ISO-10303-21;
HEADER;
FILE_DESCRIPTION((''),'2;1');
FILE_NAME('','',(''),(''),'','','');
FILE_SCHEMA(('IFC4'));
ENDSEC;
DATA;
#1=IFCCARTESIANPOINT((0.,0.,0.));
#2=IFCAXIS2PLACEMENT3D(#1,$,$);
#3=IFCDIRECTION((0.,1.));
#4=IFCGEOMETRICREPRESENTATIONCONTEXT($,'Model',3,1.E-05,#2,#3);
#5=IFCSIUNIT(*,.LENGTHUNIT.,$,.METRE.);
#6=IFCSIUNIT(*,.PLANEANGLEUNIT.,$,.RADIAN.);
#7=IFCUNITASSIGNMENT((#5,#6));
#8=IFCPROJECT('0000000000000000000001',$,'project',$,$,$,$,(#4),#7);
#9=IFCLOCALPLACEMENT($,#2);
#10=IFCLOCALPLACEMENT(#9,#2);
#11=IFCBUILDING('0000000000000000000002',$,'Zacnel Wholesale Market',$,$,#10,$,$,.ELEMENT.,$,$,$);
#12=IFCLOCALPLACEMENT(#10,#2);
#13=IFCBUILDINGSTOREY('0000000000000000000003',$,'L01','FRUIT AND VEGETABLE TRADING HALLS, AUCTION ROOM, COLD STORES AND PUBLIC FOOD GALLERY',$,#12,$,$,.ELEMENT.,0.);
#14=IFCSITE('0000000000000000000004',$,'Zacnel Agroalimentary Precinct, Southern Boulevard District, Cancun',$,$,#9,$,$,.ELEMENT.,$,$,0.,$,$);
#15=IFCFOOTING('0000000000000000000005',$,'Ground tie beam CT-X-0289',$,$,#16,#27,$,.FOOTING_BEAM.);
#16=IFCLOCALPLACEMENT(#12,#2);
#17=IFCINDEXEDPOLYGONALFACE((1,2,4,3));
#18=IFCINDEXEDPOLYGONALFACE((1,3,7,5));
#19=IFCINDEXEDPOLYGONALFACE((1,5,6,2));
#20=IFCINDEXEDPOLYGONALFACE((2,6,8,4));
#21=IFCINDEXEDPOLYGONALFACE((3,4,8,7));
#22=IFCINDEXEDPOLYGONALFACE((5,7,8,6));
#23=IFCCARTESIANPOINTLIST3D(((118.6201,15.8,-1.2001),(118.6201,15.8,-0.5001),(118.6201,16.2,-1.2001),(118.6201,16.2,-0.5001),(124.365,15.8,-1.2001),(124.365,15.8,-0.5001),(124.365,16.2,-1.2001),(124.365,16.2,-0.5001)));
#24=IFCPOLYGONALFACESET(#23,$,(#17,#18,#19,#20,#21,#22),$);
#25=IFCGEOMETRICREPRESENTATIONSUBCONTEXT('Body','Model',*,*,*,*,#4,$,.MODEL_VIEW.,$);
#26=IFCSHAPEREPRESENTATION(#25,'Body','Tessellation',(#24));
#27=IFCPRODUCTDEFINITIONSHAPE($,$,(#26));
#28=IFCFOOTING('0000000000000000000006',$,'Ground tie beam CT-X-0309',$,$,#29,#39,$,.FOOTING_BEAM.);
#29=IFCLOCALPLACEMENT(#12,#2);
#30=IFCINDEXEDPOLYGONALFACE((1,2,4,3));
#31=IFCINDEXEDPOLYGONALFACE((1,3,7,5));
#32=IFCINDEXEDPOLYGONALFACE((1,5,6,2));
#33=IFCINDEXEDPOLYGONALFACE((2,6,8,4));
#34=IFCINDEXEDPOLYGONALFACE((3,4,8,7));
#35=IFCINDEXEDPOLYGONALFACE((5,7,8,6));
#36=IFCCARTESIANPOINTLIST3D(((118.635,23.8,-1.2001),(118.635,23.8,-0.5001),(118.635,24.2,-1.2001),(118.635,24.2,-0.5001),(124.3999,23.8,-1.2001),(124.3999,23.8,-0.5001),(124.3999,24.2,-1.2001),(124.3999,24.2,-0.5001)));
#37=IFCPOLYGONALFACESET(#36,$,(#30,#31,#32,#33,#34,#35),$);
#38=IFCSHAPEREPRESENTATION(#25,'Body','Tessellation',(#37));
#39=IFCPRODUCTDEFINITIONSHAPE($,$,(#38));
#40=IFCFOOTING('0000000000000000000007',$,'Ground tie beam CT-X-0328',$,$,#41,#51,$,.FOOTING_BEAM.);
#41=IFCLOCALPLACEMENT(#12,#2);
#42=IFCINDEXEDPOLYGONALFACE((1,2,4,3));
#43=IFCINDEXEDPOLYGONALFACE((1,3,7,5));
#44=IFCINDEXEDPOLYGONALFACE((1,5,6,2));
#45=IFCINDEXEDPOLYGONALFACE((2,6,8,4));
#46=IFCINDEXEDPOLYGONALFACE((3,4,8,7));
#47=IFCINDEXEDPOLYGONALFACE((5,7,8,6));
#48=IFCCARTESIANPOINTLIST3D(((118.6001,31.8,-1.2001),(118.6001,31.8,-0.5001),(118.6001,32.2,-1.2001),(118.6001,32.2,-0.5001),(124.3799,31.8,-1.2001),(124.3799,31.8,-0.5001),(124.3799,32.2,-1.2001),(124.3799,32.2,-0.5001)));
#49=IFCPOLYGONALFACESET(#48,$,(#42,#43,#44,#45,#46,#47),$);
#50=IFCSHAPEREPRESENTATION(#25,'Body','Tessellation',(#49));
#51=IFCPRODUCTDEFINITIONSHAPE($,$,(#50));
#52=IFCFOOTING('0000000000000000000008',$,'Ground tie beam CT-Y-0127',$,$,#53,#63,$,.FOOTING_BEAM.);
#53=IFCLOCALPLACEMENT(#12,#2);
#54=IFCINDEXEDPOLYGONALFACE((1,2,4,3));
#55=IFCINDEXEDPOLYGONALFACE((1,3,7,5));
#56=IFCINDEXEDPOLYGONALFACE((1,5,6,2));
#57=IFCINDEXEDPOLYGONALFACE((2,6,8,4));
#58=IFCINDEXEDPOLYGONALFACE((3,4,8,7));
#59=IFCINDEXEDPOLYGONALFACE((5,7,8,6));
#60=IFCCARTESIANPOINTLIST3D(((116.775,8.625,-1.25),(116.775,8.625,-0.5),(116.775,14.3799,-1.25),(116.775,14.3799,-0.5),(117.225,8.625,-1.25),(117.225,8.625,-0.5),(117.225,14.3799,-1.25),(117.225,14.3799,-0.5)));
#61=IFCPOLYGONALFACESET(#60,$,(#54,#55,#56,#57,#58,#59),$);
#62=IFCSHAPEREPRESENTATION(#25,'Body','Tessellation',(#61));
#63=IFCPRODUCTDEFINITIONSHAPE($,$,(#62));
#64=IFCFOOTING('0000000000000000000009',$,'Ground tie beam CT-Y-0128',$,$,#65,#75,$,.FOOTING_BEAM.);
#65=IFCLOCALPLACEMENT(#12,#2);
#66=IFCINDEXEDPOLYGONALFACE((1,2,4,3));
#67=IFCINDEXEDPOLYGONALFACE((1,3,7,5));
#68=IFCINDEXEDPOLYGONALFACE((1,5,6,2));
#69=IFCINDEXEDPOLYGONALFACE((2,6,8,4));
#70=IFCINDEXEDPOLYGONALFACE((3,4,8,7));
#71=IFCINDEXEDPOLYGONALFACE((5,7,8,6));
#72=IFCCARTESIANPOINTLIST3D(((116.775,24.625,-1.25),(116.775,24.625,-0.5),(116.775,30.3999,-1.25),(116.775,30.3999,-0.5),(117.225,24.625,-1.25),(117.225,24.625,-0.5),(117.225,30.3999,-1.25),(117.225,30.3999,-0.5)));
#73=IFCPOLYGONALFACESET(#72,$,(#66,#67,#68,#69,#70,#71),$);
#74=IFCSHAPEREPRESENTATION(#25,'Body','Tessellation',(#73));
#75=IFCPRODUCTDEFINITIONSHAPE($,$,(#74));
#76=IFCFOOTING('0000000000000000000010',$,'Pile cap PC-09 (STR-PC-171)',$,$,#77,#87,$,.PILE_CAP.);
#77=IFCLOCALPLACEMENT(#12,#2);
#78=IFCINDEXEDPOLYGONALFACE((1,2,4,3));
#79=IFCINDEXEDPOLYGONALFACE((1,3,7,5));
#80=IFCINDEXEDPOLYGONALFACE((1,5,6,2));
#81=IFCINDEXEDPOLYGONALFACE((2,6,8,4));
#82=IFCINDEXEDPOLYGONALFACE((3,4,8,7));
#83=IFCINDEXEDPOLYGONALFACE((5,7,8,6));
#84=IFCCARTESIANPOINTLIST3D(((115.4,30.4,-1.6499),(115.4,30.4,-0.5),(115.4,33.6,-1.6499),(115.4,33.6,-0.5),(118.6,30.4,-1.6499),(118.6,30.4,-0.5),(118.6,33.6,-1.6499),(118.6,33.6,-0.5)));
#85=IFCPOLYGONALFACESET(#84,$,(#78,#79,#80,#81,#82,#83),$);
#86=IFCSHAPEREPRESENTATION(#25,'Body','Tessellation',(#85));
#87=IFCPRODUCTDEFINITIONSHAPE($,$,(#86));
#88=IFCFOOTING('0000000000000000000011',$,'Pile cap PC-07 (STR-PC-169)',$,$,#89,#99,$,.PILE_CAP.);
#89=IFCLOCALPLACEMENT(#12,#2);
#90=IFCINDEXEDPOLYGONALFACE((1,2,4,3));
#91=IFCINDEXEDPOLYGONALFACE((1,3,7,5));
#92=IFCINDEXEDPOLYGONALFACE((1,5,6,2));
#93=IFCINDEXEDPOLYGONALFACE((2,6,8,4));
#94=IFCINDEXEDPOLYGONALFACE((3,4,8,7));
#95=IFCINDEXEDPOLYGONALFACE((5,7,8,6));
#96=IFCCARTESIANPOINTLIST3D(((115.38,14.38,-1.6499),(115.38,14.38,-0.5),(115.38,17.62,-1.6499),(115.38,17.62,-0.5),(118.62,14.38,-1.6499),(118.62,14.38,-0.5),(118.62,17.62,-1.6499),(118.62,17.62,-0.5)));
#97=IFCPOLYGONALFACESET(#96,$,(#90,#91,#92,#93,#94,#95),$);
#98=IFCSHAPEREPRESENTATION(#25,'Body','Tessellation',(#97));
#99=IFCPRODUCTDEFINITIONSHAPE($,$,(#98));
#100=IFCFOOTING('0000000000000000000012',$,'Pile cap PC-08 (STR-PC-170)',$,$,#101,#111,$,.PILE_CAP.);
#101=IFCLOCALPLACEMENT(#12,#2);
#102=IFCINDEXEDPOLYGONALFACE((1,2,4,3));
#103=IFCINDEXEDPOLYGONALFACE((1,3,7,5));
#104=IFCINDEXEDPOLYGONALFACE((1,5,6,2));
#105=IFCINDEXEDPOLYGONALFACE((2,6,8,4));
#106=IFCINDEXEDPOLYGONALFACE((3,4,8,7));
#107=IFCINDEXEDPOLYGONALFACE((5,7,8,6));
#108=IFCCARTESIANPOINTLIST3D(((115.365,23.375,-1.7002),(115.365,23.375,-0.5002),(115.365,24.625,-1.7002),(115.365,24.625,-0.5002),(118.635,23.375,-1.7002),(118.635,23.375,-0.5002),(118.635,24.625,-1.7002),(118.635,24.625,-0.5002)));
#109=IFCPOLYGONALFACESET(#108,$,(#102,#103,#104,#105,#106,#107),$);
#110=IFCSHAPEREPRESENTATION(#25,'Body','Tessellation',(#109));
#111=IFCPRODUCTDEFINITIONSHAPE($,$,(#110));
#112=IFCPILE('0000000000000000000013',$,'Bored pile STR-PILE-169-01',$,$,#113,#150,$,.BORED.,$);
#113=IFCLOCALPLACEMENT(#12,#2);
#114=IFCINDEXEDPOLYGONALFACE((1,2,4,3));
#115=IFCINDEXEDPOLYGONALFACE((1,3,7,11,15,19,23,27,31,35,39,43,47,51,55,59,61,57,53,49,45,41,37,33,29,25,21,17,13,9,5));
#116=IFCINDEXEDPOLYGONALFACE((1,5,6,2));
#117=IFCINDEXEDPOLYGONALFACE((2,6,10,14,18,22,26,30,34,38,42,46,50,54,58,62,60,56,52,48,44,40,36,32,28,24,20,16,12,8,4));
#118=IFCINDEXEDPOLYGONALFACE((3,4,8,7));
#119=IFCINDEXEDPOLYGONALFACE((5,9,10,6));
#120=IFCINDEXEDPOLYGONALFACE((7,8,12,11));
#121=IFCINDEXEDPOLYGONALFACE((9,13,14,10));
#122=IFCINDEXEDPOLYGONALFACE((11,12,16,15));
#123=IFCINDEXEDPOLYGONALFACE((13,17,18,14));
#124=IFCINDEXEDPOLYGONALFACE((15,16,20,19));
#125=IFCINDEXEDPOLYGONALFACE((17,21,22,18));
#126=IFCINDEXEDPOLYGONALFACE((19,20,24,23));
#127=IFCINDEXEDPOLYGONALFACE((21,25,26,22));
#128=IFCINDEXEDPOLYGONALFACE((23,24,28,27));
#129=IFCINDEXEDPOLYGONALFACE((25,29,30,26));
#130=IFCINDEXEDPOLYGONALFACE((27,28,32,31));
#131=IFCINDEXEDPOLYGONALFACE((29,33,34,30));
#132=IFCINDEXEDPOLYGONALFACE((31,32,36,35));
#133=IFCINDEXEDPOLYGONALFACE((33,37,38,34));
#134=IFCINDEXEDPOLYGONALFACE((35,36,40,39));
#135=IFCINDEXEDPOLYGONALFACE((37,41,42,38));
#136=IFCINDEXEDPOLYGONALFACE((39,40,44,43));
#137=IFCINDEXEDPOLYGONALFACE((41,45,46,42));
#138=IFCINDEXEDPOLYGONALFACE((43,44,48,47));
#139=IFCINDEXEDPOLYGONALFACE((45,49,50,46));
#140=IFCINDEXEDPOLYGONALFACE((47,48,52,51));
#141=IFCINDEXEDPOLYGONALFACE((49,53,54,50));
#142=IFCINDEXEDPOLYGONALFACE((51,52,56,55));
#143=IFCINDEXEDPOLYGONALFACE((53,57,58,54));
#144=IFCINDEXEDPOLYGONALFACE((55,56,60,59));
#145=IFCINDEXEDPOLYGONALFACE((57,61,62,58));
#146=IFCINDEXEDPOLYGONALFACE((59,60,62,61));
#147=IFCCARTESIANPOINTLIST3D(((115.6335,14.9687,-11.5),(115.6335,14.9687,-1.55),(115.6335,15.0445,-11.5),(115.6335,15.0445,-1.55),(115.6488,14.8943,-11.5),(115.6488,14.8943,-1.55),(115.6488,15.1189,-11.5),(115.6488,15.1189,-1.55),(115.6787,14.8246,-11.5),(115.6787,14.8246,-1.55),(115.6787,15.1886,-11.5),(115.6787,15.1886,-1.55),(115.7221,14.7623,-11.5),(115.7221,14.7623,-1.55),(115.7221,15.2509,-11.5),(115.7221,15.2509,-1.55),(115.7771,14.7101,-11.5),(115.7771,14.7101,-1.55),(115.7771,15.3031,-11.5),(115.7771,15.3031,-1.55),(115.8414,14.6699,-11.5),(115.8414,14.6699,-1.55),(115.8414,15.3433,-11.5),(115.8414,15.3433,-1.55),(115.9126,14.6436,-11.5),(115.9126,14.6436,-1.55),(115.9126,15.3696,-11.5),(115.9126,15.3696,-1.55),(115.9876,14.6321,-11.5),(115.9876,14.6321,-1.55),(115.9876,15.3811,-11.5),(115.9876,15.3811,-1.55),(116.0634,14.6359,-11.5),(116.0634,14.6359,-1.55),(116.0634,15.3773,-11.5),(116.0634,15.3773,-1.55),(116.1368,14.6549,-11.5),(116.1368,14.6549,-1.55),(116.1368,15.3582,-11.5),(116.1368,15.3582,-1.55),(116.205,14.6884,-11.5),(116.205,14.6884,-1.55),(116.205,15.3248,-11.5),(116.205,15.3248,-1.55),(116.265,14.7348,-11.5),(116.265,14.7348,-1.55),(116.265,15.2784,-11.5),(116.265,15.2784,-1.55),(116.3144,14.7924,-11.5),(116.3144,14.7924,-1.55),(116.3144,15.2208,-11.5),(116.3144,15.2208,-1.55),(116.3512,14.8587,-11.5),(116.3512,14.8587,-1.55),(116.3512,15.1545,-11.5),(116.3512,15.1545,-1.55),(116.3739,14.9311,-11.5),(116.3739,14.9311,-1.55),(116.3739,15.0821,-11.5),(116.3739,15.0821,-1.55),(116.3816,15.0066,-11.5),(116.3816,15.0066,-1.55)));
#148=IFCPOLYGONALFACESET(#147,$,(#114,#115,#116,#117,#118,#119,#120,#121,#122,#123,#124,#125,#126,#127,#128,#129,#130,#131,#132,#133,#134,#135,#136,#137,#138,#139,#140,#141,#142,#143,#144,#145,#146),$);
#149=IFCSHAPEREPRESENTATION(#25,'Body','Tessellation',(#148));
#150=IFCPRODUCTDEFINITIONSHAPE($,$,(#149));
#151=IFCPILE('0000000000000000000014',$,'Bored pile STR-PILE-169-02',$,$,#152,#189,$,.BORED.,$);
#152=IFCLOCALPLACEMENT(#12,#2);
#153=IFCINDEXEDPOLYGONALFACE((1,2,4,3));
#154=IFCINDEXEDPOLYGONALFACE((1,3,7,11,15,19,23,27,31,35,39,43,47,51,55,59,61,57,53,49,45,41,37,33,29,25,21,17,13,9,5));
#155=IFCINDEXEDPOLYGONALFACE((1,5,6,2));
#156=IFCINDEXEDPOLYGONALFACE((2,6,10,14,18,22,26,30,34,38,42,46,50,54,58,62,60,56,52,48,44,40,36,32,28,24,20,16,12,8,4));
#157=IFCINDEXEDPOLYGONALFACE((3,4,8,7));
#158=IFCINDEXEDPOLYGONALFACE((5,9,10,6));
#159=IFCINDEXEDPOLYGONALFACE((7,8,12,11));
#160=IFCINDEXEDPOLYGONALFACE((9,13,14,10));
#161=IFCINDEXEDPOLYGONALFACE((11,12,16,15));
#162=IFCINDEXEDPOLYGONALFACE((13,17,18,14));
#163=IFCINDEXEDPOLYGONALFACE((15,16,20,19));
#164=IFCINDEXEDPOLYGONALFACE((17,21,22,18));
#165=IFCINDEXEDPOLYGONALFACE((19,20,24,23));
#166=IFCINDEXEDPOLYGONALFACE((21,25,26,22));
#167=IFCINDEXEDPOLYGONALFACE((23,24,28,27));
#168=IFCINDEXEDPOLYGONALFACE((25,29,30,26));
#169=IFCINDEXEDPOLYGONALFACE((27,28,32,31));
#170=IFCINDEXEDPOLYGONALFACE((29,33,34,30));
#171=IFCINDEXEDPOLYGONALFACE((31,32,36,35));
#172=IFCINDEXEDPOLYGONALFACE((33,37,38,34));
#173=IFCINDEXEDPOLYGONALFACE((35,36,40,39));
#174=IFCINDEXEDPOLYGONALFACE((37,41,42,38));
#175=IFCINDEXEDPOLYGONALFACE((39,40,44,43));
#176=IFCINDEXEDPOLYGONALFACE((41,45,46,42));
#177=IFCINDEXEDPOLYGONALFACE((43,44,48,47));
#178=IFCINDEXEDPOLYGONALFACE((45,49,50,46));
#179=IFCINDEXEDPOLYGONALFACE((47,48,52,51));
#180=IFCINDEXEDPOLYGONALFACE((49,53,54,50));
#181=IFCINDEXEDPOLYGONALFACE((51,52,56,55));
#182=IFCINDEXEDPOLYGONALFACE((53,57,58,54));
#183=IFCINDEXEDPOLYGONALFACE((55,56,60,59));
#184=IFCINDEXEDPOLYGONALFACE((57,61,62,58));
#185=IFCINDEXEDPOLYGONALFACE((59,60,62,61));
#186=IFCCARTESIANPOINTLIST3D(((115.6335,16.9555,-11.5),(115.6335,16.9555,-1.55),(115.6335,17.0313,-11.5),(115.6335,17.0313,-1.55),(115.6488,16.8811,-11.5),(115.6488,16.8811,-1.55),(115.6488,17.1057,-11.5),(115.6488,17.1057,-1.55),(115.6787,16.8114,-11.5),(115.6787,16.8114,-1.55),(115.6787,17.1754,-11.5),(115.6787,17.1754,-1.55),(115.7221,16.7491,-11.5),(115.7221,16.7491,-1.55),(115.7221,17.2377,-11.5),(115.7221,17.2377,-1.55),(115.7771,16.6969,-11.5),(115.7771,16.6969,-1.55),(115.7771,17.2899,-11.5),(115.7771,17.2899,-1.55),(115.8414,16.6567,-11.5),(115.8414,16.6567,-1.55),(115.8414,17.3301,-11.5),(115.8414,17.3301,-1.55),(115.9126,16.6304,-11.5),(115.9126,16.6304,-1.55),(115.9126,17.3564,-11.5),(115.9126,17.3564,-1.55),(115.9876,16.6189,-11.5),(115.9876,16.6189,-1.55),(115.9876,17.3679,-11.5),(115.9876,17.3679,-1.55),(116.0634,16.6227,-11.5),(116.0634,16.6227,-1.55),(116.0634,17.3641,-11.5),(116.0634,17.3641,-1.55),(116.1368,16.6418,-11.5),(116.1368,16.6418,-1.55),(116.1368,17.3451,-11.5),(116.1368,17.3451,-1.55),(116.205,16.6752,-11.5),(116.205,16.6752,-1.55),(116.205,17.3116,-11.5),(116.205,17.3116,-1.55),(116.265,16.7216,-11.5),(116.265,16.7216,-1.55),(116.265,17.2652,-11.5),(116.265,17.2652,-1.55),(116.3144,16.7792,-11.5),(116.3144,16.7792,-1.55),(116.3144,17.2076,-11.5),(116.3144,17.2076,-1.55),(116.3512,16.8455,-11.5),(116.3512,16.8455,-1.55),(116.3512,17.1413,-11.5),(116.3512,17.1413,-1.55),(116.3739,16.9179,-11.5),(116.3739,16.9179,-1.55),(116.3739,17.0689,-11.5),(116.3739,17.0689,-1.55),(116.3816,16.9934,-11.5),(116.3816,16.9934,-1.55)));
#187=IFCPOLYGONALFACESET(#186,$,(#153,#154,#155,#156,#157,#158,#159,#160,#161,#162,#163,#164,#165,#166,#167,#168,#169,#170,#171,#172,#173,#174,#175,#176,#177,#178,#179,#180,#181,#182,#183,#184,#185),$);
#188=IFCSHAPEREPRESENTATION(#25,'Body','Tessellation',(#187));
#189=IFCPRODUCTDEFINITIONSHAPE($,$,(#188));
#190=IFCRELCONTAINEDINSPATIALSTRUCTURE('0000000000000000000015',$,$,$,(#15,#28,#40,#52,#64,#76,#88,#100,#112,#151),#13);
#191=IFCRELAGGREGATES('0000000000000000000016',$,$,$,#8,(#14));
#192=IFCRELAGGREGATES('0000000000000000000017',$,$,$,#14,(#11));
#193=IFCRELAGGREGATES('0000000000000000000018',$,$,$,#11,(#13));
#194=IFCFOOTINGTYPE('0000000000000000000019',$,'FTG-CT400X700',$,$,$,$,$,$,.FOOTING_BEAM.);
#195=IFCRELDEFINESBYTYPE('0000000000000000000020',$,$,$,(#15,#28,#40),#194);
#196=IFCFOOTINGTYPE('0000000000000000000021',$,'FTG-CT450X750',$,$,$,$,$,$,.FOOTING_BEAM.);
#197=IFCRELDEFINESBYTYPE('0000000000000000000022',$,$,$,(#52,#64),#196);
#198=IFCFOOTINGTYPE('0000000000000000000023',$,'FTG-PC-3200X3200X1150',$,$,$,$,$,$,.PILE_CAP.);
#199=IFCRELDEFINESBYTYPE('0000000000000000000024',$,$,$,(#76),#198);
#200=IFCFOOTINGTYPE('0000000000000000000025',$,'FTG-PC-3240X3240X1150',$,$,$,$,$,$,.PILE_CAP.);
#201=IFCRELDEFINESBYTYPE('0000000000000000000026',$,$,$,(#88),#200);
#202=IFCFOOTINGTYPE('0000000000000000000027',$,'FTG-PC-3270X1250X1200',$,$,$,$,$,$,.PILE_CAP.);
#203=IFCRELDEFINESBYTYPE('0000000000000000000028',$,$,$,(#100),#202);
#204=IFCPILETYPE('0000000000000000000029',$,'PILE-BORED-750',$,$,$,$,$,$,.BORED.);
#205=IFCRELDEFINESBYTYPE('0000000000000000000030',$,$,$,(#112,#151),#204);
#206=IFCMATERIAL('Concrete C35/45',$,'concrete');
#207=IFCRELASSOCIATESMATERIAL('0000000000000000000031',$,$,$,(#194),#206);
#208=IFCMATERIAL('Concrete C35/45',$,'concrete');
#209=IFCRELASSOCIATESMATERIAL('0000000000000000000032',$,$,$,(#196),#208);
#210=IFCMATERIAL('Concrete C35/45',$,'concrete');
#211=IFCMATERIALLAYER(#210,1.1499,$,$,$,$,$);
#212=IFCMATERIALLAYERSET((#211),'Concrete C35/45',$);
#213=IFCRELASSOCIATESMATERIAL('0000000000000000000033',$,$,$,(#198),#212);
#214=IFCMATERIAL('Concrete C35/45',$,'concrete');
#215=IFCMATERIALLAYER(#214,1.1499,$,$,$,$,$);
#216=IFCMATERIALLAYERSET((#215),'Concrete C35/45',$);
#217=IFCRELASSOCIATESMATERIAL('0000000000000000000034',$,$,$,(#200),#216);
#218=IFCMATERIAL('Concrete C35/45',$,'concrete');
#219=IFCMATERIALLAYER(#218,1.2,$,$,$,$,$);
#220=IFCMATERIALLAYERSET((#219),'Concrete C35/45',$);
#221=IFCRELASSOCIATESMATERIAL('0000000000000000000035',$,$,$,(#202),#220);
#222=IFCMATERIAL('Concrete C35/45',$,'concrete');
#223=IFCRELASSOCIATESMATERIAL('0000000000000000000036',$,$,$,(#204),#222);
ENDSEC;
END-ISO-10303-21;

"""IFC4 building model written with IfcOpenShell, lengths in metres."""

from ifc_helpers import new_model, si_unit, direction, frame, origin, origin_2d, place, context, subcontext, project, spatial, rectangle, circle, extrude, material, layer, layer_set, material_profile, profile_set, type_object, element, save


model = new_model("IFC4")

# Units and contexts
model_context = context("Model", 3, precision=1e-05, world=origin(), true_north=direction((0.0, 1.0)))
body_context = subcontext(model_context, "Body", "Model", "MODEL_VIEW")
ifc_project = project(units=[si_unit("LENGTHUNIT", "METRE"), si_unit("PLANEANGLEUNIT", "RADIAN")], contexts=[model_context])

# Site, building, storey
site_placement = place(None, origin())
site = spatial("IfcSite", under=ifc_project, at=site_placement, Name="Zacnel Agroalimentary Precinct, Southern Boulevard District, Cancun", CompositionType="ELEMENT", RefElevation=0.0)
building_placement = place(site_placement, origin())
building = spatial("IfcBuilding", under=site, at=building_placement, Name="Zacnel Wholesale Market", CompositionType="ELEMENT")
storey_placement = place(building_placement, origin())
storey = spatial("IfcBuildingStorey", under=building, at=storey_placement, Name="L01", Description="FRUIT AND VEGETABLE TRADING HALLS, AUCTION ROOM, COLD STORES AND PUBLIC FOOD GALLERY", CompositionType="ELEMENT", Elevation=0.0)

# Footings
ifc_material_1 = material(Name="Concrete C35/45", Category="concrete")
ifc_material_profile_1 = material_profile(ifc_material_1, rectangle(XDim=0.3999, YDim=0.7, at=origin_2d()), Name="CT 400x700")
ifc_profile_set_1 = profile_set([ifc_material_profile_1], Name="Concrete C35/45")
footing_type_1 = type_object("IfcFootingType", Name="FTG-CT400X700", PredefinedType="FOOTING_BEAM", material=ifc_profile_set_1)
footing_1_placement = place(storey_placement, frame((118.6201, 16.0, -0.8501), z_axis=(1.0, 0.0, 0.0), x_axis=(0.0, 1.0, 0.0)))
element("IfcFooting", 1, at=footing_1_placement, inside=storey, type_object=footing_type_1, Name="Ground tie beam CT-X-0289", PredefinedType="FOOTING_BEAM", context=body_context, shape_type="SweptSolid", body=[
    extrude(rectangle(XDim=0.3999, YDim=0.7, at=origin_2d()), origin(), (0.0, 0.0, 1.0), 5.7449),
])
footing_2_placement = place(storey_placement, frame((118.635, 24.0, -0.8501), z_axis=(1.0, 0.0, 0.0), x_axis=(0.0, 1.0, 0.0)))
element("IfcFooting", 2, at=footing_2_placement, inside=storey, type_object=footing_type_1, Name="Ground tie beam CT-X-0309", PredefinedType="FOOTING_BEAM", context=body_context, shape_type="SweptSolid", body=[
    extrude(rectangle(XDim=0.3999, YDim=0.7, at=origin_2d()), origin(), (0.0, 0.0, 1.0), 5.7649),
])
footing_3_placement = place(storey_placement, frame((118.6001, 32.0, -0.8501), z_axis=(1.0, 0.0, 0.0), x_axis=(0.0, 1.0, 0.0)))
element("IfcFooting", 3, at=footing_3_placement, inside=storey, type_object=footing_type_1, Name="Ground tie beam CT-X-0328", PredefinedType="FOOTING_BEAM", context=body_context, shape_type="SweptSolid", body=[
    extrude(rectangle(XDim=0.3999, YDim=0.7, at=origin_2d()), origin(), (0.0, 0.0, 1.0), 5.7798),
])
ifc_material_2 = material(Name="Concrete C35/45", Category="concrete")
ifc_material_profile_2 = material_profile(ifc_material_2, rectangle(XDim=0.45, YDim=0.75, at=origin_2d()), Name="CT 450x750")
ifc_profile_set_2 = profile_set([ifc_material_profile_2], Name="Concrete C35/45")
footing_type_2 = type_object("IfcFootingType", Name="FTG-CT450X750", PredefinedType="FOOTING_BEAM", material=ifc_profile_set_2)
footing_4_placement = place(storey_placement, frame((117.0, 8.625, -0.875), z_axis=(0.0, 1.0, 0.0), x_axis=(-1.0, 0.0, 0.0)))
element("IfcFooting", 4, at=footing_4_placement, inside=storey, type_object=footing_type_2, Name="Ground tie beam CT-Y-0127", PredefinedType="FOOTING_BEAM", context=body_context, shape_type="SweptSolid", body=[
    extrude(rectangle(XDim=0.45, YDim=0.75, at=origin_2d()), origin(), (0.0, 0.0, 1.0), 5.7549),
])
footing_5_placement = place(storey_placement, frame((117.0, 24.625, -0.875), z_axis=(0.0, 1.0, 0.0), x_axis=(-1.0, 0.0, 0.0)))
element("IfcFooting", 5, at=footing_5_placement, inside=storey, type_object=footing_type_2, Name="Ground tie beam CT-Y-0128", PredefinedType="FOOTING_BEAM", context=body_context, shape_type="SweptSolid", body=[
    extrude(rectangle(XDim=0.45, YDim=0.75, at=origin_2d()), origin(), (0.0, 0.0, 1.0), 5.7749),
])
ifc_material_3 = material(Name="Concrete C35/45", Category="concrete")
ifc_layer_1 = layer(ifc_material_3, 1.1499)
ifc_layer_set_1 = layer_set([ifc_layer_1], Name="Concrete C35/45")
footing_type_3 = type_object("IfcFootingType", Name="FTG-PC-3200X3200X1150", PredefinedType="PILE_CAP", material=ifc_layer_set_1)
footing_6_placement = place(storey_placement, frame((117.0, 32.0, -1.6499), z_axis=(0.0, 0.0, 1.0), x_axis=(1.0, 0.0, 0.0)))
element("IfcFooting", 6, at=footing_6_placement, inside=storey, type_object=footing_type_3, Name="Pile cap PC-09 (STR-PC-171)", PredefinedType="PILE_CAP", context=body_context, shape_type="SweptSolid", body=[
    extrude(rectangle(XDim=3.2, YDim=3.2, at=origin_2d()), origin(), (0.0, 0.0, 1.0), 1.1499),
])
ifc_material_4 = material(Name="Concrete C35/45", Category="concrete")
ifc_layer_2 = layer(ifc_material_4, 1.1499)
ifc_layer_set_2 = layer_set([ifc_layer_2], Name="Concrete C35/45")
footing_type_4 = type_object("IfcFootingType", Name="FTG-PC-3240X3240X1150", PredefinedType="PILE_CAP", material=ifc_layer_set_2)
footing_7_placement = place(storey_placement, frame((117.0, 16.0, -1.6499), z_axis=(0.0, 0.0, 1.0), x_axis=(1.0, 0.0, 0.0)))
element("IfcFooting", 7, at=footing_7_placement, inside=storey, type_object=footing_type_4, Name="Pile cap PC-07 (STR-PC-169)", PredefinedType="PILE_CAP", context=body_context, shape_type="SweptSolid", body=[
    extrude(rectangle(XDim=3.24, YDim=3.24, at=origin_2d()), origin(), (0.0, 0.0, 1.0), 1.1499),
])
ifc_material_5 = material(Name="Concrete C35/45", Category="concrete")
ifc_layer_3 = layer(ifc_material_5, 1.2)
ifc_layer_set_3 = layer_set([ifc_layer_3], Name="Concrete C35/45")
footing_type_5 = type_object("IfcFootingType", Name="FTG-PC-3270X1250X1200", PredefinedType="PILE_CAP", material=ifc_layer_set_3)
footing_8_placement = place(storey_placement, frame((117.0, 24.0, -1.7002), z_axis=(0.0, 0.0, 1.0), x_axis=(1.0, 0.0, 0.0)))
element("IfcFooting", 8, at=footing_8_placement, inside=storey, type_object=footing_type_5, Name="Pile cap PC-08 (STR-PC-170)", PredefinedType="PILE_CAP", context=body_context, shape_type="SweptSolid", body=[
    extrude(rectangle(XDim=3.27, YDim=1.25, at=origin_2d()), origin(), (0.0, 0.0, 1.0), 1.2),
])

# Piles
ifc_material_6 = material(Name="Concrete C35/45", Category="concrete")
ifc_material_profile_3 = material_profile(ifc_material_6, circle(Radius=0.375, at=origin_2d()), Name="BORED PILE D750")
ifc_profile_set_3 = profile_set([ifc_material_profile_3], Name="Concrete C35/45")
pile_type = type_object("IfcPileType", Name="PILE-BORED-750", PredefinedType="BORED", material=ifc_profile_set_3)
for number, where, z_axis, x_axis, name in (
    (9, (116.0066, 15.0066, -1.55), (0.0, 0.0, -1.0), (1.0, 0.0, 0.0), "Bored pile STR-PILE-169-01"),
    (10, (116.0066, 16.9934, -1.55), (0.0, 0.0, -1.0), (1.0, 0.0, 0.0), "Bored pile STR-PILE-169-02"),
):
    element("IfcPile", number, at=place(storey_placement, frame(where, z_axis=z_axis, x_axis=x_axis)), inside=storey, type_object=pile_type, Name=name, PredefinedType="BORED", context=body_context, shape_type="SweptSolid", body=[
        extrude(circle(Radius=0.375, at=origin_2d()), origin(), (0.0, 0.0, 1.0), 9.95),
    ])

save(model, "model.ifc")
